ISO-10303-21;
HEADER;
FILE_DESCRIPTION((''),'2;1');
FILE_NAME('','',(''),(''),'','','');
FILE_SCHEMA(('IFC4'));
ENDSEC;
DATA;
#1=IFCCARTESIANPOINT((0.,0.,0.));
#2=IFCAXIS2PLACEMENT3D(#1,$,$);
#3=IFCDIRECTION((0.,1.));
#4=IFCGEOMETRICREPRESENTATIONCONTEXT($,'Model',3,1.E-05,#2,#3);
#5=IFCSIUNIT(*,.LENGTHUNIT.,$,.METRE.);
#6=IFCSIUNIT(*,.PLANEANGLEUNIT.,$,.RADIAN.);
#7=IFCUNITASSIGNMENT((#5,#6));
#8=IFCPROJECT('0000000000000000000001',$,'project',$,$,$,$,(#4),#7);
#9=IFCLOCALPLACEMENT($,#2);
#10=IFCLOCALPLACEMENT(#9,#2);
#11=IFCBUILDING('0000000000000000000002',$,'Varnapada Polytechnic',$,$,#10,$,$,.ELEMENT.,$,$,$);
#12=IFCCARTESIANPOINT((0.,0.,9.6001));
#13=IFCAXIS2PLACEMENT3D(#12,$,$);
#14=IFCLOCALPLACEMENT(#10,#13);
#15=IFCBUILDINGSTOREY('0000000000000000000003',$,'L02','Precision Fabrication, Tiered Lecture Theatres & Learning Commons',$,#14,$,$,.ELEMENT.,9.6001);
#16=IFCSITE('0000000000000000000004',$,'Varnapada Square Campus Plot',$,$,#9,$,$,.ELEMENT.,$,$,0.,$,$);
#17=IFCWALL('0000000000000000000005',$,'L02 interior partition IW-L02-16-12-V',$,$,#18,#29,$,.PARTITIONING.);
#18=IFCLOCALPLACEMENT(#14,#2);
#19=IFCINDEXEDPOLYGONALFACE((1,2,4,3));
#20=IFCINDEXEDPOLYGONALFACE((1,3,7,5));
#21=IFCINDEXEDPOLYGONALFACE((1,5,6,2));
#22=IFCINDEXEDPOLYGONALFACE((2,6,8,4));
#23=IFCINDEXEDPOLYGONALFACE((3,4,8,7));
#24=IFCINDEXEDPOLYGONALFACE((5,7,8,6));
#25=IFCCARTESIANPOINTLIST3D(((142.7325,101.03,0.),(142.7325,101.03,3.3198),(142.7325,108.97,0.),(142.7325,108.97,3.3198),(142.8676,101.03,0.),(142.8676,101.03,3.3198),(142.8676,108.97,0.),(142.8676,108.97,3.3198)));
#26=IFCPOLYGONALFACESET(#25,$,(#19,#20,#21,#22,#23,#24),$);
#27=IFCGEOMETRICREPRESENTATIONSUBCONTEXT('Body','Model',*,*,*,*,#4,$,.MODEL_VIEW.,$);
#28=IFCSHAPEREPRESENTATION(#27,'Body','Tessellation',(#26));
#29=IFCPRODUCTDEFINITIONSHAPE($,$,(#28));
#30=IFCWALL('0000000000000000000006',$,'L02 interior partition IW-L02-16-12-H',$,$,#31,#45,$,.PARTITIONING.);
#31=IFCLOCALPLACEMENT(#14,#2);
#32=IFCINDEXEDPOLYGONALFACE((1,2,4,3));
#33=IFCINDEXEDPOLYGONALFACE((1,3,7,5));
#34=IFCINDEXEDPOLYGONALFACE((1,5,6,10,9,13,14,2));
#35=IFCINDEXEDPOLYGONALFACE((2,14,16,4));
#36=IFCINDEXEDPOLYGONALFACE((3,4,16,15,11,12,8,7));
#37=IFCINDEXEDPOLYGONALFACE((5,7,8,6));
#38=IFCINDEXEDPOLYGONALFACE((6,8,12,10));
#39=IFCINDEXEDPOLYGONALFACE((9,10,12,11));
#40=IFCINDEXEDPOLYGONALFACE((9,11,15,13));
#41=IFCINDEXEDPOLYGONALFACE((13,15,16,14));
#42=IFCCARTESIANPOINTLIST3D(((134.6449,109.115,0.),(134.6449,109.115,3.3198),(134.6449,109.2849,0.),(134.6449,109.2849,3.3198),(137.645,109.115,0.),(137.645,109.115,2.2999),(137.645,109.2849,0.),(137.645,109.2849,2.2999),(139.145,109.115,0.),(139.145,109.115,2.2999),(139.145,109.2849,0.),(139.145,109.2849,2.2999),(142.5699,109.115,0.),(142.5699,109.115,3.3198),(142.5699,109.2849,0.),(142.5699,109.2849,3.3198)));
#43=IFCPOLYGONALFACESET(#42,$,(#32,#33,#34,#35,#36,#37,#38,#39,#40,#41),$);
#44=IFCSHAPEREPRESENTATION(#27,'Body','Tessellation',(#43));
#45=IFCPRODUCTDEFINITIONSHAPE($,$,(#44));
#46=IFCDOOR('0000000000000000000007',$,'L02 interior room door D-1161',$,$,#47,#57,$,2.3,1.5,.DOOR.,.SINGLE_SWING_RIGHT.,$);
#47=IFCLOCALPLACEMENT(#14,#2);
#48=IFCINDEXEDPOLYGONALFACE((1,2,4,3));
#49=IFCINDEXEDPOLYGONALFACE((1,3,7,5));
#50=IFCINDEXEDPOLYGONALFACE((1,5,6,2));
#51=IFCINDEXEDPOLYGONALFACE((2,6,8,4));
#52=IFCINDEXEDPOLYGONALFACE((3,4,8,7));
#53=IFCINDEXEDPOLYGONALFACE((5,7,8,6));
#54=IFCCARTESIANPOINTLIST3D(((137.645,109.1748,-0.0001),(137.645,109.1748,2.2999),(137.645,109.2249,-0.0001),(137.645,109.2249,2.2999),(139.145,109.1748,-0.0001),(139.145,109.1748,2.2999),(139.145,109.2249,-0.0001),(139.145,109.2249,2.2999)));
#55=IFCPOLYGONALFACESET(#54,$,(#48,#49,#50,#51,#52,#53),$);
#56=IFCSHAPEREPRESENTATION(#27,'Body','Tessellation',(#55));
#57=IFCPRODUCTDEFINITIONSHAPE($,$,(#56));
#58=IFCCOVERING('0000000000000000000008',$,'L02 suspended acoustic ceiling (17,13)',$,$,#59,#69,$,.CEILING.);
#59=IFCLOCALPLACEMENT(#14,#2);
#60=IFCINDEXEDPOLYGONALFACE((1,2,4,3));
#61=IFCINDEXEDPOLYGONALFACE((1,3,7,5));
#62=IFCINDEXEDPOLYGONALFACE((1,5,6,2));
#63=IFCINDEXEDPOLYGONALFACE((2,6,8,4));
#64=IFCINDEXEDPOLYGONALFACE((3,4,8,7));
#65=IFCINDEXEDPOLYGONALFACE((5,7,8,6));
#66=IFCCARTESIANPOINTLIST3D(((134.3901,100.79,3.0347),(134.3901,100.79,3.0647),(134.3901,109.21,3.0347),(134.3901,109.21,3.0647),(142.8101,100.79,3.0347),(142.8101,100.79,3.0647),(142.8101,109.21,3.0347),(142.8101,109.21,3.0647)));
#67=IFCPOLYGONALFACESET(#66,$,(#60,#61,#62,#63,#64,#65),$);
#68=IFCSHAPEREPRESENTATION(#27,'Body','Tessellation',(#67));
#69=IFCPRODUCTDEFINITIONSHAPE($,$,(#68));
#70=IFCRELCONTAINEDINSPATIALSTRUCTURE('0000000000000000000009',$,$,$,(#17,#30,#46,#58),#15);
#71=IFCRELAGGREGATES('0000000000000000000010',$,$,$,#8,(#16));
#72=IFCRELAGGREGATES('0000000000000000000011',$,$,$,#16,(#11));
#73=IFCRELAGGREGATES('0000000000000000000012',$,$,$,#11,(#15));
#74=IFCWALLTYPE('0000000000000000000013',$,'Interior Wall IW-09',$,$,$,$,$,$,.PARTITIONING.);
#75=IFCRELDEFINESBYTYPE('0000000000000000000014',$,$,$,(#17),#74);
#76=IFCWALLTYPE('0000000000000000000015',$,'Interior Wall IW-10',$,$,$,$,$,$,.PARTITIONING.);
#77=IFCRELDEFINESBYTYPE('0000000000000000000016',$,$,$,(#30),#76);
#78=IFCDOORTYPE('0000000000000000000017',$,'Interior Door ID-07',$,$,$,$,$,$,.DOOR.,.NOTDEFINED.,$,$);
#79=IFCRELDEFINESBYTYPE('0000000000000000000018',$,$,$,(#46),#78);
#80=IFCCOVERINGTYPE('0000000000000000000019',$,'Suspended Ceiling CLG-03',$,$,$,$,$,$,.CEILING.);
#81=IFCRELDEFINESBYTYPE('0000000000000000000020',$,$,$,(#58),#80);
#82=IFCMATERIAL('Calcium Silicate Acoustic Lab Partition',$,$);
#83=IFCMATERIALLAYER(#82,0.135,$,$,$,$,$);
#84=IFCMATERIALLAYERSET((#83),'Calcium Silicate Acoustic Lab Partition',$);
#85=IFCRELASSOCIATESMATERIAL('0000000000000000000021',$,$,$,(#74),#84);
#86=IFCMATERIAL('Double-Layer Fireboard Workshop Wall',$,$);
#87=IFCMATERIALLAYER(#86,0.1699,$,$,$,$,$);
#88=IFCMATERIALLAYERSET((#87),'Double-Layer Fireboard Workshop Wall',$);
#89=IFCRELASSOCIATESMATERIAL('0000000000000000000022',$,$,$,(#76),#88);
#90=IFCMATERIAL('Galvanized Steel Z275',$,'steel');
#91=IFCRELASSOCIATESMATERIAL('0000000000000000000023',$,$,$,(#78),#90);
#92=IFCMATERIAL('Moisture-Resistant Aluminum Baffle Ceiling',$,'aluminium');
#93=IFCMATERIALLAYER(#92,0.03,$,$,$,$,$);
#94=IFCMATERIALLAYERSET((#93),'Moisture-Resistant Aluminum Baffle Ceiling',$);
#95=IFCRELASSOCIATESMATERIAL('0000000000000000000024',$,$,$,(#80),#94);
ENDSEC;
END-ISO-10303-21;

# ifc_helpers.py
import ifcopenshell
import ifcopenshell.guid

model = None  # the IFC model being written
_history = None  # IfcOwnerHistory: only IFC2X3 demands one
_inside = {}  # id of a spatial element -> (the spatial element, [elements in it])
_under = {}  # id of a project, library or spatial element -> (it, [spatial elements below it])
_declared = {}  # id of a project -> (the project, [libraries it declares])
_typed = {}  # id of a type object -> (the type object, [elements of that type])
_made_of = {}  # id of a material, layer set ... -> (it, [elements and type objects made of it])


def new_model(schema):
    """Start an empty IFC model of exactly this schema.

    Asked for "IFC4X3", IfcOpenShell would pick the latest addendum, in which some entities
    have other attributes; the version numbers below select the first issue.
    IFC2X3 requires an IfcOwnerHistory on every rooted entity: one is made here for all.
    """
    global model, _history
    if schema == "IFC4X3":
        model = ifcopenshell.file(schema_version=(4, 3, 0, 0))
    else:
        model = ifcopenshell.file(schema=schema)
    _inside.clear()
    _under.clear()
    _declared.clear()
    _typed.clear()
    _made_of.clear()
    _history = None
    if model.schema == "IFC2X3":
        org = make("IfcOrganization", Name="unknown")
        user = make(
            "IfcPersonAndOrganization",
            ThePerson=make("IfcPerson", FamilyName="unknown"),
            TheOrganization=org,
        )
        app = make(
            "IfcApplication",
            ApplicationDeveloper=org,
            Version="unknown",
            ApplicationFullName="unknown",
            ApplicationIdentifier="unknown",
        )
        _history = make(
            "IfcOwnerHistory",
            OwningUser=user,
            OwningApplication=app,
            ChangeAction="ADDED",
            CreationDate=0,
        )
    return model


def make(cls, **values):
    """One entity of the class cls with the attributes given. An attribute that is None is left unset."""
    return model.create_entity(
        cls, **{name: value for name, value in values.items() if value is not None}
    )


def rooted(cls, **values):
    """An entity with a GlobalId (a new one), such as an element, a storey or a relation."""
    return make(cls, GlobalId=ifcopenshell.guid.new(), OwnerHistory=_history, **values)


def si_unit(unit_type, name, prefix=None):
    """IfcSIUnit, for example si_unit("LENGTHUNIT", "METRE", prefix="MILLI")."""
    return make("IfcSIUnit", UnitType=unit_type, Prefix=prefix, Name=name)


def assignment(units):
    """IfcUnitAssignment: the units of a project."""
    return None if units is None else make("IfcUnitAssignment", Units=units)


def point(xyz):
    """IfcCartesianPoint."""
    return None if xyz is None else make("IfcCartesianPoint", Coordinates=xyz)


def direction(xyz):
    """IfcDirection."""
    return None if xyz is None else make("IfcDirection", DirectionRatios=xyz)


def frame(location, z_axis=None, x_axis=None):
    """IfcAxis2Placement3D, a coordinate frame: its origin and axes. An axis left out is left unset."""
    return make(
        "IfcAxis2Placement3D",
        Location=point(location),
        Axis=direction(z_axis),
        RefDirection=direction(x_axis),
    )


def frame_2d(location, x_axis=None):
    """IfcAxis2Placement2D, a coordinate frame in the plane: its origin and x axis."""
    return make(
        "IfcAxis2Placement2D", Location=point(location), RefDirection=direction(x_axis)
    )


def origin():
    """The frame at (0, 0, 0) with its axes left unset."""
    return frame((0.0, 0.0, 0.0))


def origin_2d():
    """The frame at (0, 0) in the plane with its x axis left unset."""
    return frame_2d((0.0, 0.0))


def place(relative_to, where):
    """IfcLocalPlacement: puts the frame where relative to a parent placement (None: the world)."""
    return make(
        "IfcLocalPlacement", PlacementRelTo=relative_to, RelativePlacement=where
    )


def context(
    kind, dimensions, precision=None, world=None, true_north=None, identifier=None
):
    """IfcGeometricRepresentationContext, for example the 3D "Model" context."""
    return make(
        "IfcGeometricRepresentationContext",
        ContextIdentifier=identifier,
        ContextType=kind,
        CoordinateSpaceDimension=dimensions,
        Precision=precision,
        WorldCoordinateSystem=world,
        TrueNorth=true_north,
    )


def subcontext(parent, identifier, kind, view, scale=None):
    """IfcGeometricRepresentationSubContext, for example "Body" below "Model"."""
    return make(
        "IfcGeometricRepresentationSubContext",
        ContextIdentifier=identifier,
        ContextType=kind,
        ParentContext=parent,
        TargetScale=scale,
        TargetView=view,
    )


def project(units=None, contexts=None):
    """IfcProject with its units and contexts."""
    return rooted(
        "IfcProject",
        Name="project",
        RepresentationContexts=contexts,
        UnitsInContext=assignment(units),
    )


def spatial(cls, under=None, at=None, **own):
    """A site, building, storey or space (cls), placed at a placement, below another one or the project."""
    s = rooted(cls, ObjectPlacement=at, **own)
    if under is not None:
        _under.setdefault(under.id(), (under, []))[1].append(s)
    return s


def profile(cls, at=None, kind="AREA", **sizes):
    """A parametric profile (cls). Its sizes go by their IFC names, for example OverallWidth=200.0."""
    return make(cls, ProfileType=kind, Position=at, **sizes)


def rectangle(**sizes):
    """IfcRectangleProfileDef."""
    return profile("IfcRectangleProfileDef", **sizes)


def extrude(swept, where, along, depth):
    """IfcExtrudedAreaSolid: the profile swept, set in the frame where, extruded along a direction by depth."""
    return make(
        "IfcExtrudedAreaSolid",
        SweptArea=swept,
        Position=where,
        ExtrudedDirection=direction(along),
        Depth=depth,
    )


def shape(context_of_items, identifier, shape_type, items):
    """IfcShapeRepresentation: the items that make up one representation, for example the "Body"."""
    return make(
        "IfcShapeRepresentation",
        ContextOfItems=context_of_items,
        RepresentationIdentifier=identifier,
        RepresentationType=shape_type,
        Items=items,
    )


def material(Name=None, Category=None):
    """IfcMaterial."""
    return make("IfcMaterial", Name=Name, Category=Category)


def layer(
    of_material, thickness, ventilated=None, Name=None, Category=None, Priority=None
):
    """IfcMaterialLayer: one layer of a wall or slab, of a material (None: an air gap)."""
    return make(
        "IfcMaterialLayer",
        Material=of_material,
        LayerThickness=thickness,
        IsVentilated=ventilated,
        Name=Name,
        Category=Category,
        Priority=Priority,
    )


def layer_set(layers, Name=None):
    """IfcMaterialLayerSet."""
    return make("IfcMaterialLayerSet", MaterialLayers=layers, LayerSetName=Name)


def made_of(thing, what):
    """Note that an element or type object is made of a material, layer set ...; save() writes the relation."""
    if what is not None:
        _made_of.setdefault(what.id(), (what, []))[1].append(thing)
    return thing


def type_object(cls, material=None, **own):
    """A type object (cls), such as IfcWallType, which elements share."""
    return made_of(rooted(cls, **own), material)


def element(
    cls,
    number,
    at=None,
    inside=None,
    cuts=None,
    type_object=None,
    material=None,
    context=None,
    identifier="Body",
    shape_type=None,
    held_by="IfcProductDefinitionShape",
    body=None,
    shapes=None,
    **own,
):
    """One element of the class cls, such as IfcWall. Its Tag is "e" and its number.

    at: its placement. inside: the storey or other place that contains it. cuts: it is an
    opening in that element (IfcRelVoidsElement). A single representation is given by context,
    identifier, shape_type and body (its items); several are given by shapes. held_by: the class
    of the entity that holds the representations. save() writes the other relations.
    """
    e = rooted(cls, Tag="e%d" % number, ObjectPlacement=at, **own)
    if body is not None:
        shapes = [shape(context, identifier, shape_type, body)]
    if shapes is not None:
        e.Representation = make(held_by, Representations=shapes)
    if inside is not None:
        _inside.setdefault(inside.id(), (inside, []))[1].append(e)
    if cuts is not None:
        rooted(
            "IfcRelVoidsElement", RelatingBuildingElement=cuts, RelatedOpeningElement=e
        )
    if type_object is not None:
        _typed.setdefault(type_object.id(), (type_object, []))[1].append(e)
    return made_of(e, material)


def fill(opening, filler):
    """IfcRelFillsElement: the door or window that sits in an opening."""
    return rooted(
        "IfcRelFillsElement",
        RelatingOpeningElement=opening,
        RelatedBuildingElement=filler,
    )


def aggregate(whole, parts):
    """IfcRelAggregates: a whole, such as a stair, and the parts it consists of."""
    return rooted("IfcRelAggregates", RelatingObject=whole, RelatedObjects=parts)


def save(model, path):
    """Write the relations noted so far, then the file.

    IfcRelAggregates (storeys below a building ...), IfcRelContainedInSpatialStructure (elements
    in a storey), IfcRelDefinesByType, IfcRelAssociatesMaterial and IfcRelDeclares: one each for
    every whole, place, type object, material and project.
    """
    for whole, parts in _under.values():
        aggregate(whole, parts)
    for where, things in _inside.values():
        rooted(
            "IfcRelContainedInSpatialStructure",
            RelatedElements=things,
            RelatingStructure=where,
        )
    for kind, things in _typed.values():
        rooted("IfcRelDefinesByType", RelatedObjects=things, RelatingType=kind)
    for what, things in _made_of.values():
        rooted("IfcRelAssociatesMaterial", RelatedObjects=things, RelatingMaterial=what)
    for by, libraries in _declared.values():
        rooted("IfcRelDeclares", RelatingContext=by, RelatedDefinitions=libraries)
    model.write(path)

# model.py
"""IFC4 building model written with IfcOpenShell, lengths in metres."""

from ifc_helpers import new_model, si_unit, direction, frame, frame_2d, origin, origin_2d, place, context, subcontext, project, spatial, rectangle, extrude, material, layer, layer_set, type_object, element, fill, save


model = new_model("IFC4")

# Units and contexts
model_context = context("Model", 3, precision=1e-05, world=origin(), true_north=direction((0.0, 1.0)))
body_context = subcontext(model_context, "Body", "Model", "MODEL_VIEW")
ifc_project = project(units=[si_unit("LENGTHUNIT", "METRE"), si_unit("PLANEANGLEUNIT", "RADIAN")], contexts=[model_context])

# Site, building, storey
site_placement = place(None, origin())
site = spatial("IfcSite", under=ifc_project, at=site_placement, Name="Varnapada Square Campus Plot", CompositionType="ELEMENT", RefElevation=0.0)
building_placement = place(site_placement, origin())
building = spatial("IfcBuilding", under=site, at=building_placement, Name="Varnapada Polytechnic", CompositionType="ELEMENT")
storey_placement = place(building_placement, frame((0.0, 0.0, 9.6001)))
storey = spatial("IfcBuildingStorey", under=building, at=storey_placement, Name="L02", Description="Precision Fabrication, Tiered Lecture Theatres & Learning Commons", CompositionType="ELEMENT", Elevation=9.6001)

# Wall
ifc_material_1 = material(Name="Calcium Silicate Acoustic Lab Partition")
ifc_layer_1 = layer(ifc_material_1, 0.135)
ifc_layer_set_1 = layer_set([ifc_layer_1], Name="Calcium Silicate Acoustic Lab Partition")
wall_type_1 = type_object("IfcWallType", Name="Interior Wall IW-09", PredefinedType="PARTITIONING", material=ifc_layer_set_1)
wall_1_placement = place(storey_placement, frame((142.8, 101.03, 0.0), z_axis=(0.0, 0.0, 1.0), x_axis=(0.0, 1.0, 0.0)))
element("IfcWall", 1, at=wall_1_placement, inside=storey, type_object=wall_type_1, Name="L02 interior partition IW-L02-16-12-V", PredefinedType="PARTITIONING", context=body_context, shape_type="SweptSolid", body=[
    extrude(rectangle(XDim=7.9399, YDim=0.135, at=frame_2d((3.97, 0.0))), origin(), (0.0, 0.0, 1.0), 3.3198),
])

# Wall, opening, door
ifc_material_2 = material(Name="Double-Layer Fireboard Workshop Wall")
ifc_layer_2 = layer(ifc_material_2, 0.1699)
ifc_layer_set_2 = layer_set([ifc_layer_2], Name="Double-Layer Fireboard Workshop Wall")
wall_type_2 = type_object("IfcWallType", Name="Interior Wall IW-10", PredefinedType="PARTITIONING", material=ifc_layer_set_2)
wall_2_placement = place(storey_placement, frame((134.645, 109.2, 0.0), z_axis=(0.0, 0.0, 1.0), x_axis=(1.0, 0.0, 0.0)))
wall_2 = element("IfcWall", 2, at=wall_2_placement, inside=storey, type_object=wall_type_2, Name="L02 interior partition IW-L02-16-12-H", PredefinedType="PARTITIONING", context=body_context, shape_type="SweptSolid", body=[
    extrude(rectangle(XDim=7.925, YDim=0.1699, at=frame_2d((3.9624, 0.0))), origin(), (0.0, 0.0, 1.0), 3.3198),
])
opening_1_placement = place(wall_2_placement, frame((3.0, 0.0, 0.0)))
opening_1 = element("IfcOpeningElement", 3, at=opening_1_placement, cuts=wall_2, PredefinedType="OPENING", context=body_context, shape_type="SweptSolid", body=[
    extrude(rectangle(XDim=1.5, YDim=2.3, at=frame_2d((0.75, 1.1499))), frame((0.0, 0.095, 0.0), z_axis=(0.0, -1.0, 0.0), x_axis=(1.0, 0.0, 0.0)), (0.0, 0.0, 1.0), 0.1899),
])
ifc_material_3 = material(Name="Galvanized Steel Z275", Category="steel")
door_type_1 = type_object("IfcDoorType", Name="Interior Door ID-07", OperationType="NOTDEFINED", PredefinedType="DOOR", material=ifc_material_3)
door_1_placement = place(opening_1_placement, origin())
door_1 = element("IfcDoor", 4, at=door_1_placement, inside=storey, type_object=door_type_1, Name="L02 interior room door D-1161", OperationType="SINGLE_SWING_RIGHT", OverallHeight=2.3, OverallWidth=1.5, PredefinedType="DOOR", context=body_context, shape_type="SweptSolid", body=[
    extrude(rectangle(XDim=1.5, YDim=2.3, at=frame_2d((0.75, 1.1499))), frame((0.0, 0.0249, 0.0), z_axis=(0.0, -1.0, 0.0), x_axis=(1.0, 0.0, 0.0)), (0.0, 0.0, 1.0), 0.05),
])
fill(opening_1, door_1)

# Covering
ifc_material_4 = material(Name="Moisture-Resistant Aluminum Baffle Ceiling", Category="aluminium")
ifc_layer_3 = layer(ifc_material_4, 0.03)
ifc_layer_set_3 = layer_set([ifc_layer_3], Name="Moisture-Resistant Aluminum Baffle Ceiling")
covering_type = type_object("IfcCoveringType", Name="Suspended Ceiling CLG-03", PredefinedType="CEILING", material=ifc_layer_set_3)
covering_placement = place(storey_placement, frame((138.6001, 105.0, 3.0347), z_axis=(0.0, 0.0, 1.0), x_axis=(1.0, 0.0, 0.0)))
element("IfcCovering", 5, at=covering_placement, inside=storey, type_object=covering_type, Name="L02 suspended acoustic ceiling (17,13)", PredefinedType="CEILING", context=body_context, shape_type="SweptSolid", body=[
    extrude(rectangle(XDim=8.4199, YDim=8.4199, at=origin_2d()), origin(), (0.0, 0.0, 1.0), 0.03),
])

save(model, "model.ifc")
